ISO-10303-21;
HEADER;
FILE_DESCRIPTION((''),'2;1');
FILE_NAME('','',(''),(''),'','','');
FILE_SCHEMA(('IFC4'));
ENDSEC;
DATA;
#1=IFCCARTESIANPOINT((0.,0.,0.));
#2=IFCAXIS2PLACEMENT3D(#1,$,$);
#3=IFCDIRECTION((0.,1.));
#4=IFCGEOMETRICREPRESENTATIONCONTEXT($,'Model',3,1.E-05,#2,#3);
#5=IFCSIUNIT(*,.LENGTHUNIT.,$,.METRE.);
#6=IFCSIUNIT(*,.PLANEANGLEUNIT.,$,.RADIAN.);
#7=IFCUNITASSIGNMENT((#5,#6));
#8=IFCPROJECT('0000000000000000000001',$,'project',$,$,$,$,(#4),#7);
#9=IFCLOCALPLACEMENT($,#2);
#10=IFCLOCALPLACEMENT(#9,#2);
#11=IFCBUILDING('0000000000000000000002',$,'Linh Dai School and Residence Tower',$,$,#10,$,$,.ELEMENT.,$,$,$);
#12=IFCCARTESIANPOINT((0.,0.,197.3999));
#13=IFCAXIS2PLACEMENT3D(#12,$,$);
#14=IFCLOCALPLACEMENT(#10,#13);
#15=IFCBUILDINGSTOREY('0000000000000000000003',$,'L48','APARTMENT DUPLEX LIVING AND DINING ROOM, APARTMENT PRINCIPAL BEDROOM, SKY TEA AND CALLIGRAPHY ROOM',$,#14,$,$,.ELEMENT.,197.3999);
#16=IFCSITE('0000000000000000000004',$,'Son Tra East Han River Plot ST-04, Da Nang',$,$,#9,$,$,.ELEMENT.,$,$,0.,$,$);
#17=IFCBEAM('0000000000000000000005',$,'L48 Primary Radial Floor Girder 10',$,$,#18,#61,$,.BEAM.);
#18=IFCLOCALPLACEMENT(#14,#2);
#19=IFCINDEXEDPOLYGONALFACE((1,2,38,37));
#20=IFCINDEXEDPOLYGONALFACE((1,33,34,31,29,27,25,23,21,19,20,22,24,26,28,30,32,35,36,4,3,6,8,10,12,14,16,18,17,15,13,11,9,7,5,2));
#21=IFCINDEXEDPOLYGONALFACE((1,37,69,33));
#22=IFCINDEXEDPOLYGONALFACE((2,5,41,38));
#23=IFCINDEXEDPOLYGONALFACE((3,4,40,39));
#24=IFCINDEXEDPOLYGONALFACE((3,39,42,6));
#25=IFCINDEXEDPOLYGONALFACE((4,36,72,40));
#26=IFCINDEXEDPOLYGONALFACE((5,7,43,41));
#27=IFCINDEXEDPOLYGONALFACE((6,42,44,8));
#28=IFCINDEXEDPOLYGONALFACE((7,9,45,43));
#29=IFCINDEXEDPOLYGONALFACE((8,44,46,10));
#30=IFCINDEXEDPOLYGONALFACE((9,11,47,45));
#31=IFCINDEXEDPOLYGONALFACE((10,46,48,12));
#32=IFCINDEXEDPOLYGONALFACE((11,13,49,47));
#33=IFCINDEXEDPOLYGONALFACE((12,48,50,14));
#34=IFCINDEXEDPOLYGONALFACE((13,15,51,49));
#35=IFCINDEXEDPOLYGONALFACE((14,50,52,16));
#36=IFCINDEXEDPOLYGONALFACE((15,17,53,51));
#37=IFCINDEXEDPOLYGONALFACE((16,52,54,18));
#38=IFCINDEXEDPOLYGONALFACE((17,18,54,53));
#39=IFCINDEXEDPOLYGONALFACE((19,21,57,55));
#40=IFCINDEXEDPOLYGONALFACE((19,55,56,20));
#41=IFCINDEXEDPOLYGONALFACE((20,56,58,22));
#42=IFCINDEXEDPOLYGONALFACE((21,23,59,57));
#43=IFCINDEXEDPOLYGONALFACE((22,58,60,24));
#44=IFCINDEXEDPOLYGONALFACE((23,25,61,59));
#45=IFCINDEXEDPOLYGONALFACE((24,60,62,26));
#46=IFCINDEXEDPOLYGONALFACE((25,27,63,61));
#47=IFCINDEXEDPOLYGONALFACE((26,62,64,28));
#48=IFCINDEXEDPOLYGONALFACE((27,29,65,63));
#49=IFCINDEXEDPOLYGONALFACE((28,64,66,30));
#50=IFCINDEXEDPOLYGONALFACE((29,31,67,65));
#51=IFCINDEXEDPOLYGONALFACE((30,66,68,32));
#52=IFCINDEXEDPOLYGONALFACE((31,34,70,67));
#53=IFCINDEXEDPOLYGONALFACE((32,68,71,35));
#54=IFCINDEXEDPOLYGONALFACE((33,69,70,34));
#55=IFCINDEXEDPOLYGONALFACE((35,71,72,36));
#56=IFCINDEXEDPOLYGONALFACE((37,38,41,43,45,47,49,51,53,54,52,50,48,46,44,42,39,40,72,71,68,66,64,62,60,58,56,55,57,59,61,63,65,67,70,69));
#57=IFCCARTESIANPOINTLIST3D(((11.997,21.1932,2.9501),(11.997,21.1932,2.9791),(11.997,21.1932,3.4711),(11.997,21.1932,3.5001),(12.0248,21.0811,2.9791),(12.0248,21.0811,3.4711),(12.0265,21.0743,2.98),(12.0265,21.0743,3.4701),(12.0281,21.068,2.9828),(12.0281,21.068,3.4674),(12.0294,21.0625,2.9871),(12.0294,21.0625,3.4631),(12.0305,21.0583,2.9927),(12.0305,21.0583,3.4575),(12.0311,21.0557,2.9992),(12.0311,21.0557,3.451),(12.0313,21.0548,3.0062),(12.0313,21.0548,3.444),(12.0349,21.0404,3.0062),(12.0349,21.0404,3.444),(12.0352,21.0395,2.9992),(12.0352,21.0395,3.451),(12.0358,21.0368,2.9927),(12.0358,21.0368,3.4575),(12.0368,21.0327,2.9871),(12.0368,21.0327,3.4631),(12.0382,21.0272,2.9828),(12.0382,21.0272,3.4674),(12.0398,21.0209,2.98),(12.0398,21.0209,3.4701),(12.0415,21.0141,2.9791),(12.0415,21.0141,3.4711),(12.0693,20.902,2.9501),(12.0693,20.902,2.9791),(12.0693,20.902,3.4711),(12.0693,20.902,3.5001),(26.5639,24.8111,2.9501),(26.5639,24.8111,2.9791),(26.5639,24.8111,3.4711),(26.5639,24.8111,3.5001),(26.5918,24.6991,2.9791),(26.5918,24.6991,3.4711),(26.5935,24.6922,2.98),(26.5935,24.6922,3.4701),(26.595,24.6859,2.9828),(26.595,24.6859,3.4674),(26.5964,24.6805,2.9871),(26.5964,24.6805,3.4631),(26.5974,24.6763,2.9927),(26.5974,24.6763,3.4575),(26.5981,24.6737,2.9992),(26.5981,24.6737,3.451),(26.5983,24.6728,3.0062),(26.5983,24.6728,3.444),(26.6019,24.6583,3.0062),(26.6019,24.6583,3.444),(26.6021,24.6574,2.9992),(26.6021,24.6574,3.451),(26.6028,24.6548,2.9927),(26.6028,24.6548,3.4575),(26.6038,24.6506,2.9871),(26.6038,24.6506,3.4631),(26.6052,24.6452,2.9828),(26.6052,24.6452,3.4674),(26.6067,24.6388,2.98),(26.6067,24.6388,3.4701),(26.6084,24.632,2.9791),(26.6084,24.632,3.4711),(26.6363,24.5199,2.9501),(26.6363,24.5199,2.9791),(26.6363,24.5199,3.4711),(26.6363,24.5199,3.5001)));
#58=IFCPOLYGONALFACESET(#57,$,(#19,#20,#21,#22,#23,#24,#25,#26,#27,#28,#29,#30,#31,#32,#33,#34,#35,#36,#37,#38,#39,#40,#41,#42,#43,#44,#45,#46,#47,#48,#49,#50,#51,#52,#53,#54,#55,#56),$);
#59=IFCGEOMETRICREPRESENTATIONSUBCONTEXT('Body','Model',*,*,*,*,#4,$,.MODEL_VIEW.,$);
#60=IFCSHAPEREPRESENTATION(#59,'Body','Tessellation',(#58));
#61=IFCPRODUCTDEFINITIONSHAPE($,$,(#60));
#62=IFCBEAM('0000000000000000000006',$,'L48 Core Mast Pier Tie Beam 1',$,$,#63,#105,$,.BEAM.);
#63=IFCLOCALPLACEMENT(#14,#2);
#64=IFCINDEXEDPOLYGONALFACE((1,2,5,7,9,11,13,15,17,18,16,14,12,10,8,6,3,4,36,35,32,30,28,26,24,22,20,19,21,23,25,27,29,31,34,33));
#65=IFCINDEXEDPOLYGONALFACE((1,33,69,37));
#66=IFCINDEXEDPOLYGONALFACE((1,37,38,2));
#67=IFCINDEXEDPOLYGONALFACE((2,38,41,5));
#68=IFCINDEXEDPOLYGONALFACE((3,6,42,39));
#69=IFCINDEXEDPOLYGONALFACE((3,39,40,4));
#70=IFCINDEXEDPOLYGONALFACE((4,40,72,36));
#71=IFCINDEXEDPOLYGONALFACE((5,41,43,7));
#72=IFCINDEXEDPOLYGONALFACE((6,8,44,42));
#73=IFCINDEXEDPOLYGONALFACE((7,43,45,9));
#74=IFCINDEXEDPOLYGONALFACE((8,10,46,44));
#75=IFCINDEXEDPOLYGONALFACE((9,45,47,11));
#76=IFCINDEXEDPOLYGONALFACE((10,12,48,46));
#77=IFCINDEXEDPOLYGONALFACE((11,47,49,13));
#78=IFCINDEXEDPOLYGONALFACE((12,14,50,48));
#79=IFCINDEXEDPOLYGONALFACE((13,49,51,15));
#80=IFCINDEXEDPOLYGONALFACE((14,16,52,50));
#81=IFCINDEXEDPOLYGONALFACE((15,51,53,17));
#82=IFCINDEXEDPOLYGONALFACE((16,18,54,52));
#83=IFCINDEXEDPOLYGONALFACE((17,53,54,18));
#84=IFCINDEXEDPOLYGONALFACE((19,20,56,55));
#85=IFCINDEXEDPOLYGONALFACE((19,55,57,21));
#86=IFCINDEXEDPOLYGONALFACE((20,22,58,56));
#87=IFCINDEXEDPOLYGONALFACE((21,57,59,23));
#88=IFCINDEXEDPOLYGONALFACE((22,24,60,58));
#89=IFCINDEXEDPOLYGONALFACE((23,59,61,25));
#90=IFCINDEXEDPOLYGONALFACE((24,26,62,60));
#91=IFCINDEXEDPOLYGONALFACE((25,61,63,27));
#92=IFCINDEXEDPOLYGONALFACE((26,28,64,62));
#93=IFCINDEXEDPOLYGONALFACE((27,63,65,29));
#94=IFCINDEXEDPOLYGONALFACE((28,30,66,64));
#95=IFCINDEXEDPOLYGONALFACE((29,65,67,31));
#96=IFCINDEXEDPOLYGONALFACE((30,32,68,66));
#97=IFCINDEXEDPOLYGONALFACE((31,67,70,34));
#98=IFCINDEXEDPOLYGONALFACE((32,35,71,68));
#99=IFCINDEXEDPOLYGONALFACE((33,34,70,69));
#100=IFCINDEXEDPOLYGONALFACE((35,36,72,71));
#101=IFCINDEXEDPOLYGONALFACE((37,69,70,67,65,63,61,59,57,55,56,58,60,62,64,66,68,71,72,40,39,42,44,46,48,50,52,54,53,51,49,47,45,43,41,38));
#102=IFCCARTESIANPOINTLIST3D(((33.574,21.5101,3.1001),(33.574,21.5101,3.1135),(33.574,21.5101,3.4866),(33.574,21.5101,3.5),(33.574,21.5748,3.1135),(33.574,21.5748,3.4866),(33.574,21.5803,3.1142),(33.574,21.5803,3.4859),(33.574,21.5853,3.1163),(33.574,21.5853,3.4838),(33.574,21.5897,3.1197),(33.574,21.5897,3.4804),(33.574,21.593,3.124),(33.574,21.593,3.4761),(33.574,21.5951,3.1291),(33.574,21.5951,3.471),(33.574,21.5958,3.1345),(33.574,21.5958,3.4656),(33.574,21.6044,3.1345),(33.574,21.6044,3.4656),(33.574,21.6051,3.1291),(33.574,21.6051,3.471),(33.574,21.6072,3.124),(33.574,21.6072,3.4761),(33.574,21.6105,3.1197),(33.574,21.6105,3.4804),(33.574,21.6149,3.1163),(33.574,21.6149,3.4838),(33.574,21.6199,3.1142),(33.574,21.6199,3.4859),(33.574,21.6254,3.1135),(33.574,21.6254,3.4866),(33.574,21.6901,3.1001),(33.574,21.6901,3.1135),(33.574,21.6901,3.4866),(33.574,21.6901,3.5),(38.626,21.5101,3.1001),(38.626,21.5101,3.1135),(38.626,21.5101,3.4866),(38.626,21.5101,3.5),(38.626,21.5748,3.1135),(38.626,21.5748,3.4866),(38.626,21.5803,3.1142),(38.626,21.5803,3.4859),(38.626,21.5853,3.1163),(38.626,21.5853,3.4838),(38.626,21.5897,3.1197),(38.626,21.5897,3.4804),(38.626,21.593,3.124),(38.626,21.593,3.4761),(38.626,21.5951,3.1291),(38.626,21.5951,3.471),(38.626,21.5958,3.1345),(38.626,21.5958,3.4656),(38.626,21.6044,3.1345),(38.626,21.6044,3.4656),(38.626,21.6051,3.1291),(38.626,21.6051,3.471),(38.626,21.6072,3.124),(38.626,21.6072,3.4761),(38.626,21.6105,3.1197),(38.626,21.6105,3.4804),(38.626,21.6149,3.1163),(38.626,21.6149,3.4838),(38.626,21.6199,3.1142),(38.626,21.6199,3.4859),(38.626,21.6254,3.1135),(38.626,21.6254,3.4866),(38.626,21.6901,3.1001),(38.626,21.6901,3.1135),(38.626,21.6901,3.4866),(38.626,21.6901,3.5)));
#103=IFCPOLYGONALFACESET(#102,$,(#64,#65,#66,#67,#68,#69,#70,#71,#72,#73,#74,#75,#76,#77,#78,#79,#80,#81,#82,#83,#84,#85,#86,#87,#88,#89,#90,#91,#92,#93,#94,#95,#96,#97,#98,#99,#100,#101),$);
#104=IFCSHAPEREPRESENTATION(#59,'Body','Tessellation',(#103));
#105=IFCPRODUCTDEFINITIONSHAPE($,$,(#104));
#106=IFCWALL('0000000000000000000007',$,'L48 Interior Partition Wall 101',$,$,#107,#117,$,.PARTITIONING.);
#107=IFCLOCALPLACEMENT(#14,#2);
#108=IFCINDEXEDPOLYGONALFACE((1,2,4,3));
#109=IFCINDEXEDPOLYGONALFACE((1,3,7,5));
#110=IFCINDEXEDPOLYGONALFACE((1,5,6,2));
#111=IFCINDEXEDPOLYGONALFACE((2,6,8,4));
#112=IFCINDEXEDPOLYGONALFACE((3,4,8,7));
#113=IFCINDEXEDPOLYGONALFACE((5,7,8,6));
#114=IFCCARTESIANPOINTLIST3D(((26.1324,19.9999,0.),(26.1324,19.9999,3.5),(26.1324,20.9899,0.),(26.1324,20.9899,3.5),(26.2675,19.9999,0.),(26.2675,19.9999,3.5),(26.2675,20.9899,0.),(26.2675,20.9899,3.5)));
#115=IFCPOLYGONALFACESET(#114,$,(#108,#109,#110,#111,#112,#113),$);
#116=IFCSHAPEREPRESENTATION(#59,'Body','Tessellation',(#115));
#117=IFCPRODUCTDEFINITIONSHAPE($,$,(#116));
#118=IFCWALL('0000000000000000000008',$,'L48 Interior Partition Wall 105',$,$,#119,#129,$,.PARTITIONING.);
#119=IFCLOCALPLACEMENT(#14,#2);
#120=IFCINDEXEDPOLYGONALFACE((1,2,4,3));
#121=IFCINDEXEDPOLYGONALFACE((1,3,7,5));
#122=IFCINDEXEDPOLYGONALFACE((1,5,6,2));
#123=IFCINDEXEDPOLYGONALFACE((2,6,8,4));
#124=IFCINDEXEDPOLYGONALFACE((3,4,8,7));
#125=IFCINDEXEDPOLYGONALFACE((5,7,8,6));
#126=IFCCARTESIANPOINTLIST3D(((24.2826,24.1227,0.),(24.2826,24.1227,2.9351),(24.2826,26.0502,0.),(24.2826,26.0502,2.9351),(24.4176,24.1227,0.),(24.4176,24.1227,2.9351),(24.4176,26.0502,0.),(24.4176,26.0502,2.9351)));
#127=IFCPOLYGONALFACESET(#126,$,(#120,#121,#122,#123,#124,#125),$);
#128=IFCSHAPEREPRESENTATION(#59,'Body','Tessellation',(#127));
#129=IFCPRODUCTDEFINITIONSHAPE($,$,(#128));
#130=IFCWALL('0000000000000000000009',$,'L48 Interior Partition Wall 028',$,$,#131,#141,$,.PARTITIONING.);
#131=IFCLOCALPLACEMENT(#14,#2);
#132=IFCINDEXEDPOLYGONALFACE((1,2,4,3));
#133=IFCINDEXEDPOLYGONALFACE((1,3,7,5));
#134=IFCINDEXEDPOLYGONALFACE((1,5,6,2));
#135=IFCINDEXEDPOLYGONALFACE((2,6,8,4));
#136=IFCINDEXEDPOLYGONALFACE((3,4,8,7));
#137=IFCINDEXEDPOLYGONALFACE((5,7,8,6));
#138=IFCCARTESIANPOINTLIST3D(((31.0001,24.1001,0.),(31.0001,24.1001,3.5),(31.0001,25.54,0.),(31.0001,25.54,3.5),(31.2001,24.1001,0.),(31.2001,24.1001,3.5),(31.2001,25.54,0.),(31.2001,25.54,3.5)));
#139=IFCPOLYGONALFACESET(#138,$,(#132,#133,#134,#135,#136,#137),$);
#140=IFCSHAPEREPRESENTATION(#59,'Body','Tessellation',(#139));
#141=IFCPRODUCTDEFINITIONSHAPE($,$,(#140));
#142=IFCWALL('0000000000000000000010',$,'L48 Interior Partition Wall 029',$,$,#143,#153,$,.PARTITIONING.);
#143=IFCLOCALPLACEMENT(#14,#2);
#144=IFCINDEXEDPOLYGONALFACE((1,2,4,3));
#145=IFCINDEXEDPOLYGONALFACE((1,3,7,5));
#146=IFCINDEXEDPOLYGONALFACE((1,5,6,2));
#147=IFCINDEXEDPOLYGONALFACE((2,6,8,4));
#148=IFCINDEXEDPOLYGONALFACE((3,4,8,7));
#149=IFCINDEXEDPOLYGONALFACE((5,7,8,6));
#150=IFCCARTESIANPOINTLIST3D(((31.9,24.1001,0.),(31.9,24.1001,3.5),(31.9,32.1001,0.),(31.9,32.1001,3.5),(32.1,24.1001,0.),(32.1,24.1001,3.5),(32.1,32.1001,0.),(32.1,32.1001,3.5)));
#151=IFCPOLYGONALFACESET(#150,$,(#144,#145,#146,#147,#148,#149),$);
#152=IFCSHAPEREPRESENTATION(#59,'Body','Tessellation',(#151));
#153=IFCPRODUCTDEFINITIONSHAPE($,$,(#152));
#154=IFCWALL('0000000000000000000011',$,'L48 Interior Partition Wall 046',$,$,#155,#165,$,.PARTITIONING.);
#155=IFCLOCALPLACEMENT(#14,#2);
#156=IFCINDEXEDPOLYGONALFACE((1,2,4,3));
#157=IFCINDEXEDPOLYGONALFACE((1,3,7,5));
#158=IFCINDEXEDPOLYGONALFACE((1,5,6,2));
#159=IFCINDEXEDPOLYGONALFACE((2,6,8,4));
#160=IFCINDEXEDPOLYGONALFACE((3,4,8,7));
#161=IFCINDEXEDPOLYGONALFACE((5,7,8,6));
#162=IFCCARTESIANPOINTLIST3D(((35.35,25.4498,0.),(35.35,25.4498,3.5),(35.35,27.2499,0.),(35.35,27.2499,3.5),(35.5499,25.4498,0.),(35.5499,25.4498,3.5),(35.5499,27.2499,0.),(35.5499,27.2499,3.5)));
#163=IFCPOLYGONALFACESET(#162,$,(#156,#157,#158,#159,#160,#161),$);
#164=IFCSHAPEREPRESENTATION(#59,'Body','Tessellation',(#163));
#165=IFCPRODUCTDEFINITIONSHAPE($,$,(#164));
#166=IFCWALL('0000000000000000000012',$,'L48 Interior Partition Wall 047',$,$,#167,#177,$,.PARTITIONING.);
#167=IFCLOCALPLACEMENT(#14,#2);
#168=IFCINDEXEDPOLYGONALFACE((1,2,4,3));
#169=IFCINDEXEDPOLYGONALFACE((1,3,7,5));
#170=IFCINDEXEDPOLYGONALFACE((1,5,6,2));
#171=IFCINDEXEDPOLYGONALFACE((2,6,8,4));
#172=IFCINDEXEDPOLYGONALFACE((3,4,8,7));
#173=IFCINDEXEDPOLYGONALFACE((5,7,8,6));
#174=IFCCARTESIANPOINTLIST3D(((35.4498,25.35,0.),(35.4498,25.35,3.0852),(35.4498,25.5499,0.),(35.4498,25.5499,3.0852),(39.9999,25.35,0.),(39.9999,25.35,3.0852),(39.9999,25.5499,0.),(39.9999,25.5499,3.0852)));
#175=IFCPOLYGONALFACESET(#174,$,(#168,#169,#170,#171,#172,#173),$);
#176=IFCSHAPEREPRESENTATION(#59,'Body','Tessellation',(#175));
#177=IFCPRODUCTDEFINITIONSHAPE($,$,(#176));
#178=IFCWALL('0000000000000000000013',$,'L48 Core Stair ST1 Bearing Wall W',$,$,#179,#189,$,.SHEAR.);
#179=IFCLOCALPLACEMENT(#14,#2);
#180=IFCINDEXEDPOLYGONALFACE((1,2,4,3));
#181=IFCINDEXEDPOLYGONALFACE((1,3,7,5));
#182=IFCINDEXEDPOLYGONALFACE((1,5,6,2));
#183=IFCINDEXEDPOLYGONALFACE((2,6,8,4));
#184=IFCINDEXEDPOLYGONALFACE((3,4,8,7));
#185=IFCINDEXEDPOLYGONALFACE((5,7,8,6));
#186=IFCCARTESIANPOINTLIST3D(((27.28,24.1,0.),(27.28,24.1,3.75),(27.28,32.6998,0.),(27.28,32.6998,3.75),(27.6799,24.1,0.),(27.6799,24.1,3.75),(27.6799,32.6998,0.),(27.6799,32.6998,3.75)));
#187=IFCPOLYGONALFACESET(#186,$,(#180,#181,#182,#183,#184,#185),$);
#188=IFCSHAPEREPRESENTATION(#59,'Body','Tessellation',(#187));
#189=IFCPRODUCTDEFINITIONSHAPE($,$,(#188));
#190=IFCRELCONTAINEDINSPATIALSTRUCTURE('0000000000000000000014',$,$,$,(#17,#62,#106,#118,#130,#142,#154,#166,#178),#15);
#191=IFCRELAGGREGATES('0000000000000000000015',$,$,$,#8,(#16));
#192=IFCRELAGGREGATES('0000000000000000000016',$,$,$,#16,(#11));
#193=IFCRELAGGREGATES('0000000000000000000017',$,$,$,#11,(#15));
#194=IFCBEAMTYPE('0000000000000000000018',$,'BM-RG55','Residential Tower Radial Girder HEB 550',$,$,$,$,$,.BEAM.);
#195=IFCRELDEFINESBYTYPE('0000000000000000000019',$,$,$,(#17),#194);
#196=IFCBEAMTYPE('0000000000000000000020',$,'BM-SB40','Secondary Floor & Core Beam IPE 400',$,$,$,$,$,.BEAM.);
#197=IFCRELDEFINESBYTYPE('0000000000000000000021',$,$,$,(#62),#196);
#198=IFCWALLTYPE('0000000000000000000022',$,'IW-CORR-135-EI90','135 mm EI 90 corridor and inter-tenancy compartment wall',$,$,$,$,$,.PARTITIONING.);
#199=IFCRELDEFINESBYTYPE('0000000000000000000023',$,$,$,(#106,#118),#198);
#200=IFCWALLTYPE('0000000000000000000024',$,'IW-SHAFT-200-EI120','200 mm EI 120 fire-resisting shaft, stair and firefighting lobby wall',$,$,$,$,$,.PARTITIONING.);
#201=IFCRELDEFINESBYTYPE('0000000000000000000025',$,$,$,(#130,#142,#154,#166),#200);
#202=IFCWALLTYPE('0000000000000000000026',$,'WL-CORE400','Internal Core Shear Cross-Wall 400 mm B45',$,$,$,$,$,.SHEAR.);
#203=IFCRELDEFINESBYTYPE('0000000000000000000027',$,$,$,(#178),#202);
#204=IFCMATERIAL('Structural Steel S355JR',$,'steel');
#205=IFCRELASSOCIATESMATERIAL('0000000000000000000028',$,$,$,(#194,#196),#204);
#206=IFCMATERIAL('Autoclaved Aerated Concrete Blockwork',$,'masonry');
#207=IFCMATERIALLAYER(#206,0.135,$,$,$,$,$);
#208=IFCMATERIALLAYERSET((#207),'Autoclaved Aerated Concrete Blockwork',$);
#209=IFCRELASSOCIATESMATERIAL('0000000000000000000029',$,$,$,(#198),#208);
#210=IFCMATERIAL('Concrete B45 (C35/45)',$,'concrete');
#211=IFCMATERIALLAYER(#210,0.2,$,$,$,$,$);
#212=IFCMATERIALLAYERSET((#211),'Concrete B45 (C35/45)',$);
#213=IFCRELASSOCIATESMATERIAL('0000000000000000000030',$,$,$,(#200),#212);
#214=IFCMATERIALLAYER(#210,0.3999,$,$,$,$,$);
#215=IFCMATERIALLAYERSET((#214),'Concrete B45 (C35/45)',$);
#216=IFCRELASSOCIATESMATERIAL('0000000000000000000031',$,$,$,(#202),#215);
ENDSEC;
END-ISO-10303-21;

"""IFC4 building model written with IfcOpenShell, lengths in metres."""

from ifc_helpers import new_model, si_unit, direction, frame, frame_2d, origin, origin_2d, place, context, subcontext, project, spatial, rectangle, i_section, extrude, material, layer, layer_set, material_profile, profile_set, type_object, element, save


model = new_model("IFC4")

# Units and contexts
model_context = context("Model", 3, precision=1e-05, world=origin(), true_north=direction((0.0, 1.0)))
body_context = subcontext(model_context, "Body", "Model", "MODEL_VIEW")
ifc_project = project(units=[si_unit("LENGTHUNIT", "METRE"), si_unit("PLANEANGLEUNIT", "RADIAN")], contexts=[model_context])

# Site, building, storey
site_placement = place(None, origin())
site = spatial("IfcSite", under=ifc_project, at=site_placement, Name="Son Tra East Han River Plot ST-04, Da Nang", CompositionType="ELEMENT", RefElevation=0.0)
building_placement = place(site_placement, origin())
building = spatial("IfcBuilding", under=site, at=building_placement, Name="Linh Dai School and Residence Tower", CompositionType="ELEMENT")
storey_placement = place(building_placement, frame((0.0, 0.0, 197.3999)))
storey = spatial("IfcBuildingStorey", under=building, at=storey_placement, Name="L48", Description="APARTMENT DUPLEX LIVING AND DINING ROOM, APARTMENT PRINCIPAL BEDROOM, SKY TEA AND CALLIGRAPHY ROOM", CompositionType="ELEMENT", Elevation=197.3999)

# Shared definitions
ifc_material_1 = material(Name="Structural Steel S355JR", Category="steel")

# Beams
ifc_material_profile_1 = material_profile(ifc_material_1, i_section(OverallWidth=0.3, OverallDepth=0.55, WebThickness=0.0149, FlangeThickness=0.0291, FilletRadius=0.0271, at=origin_2d()), Name="HEB 550")
ifc_profile_set_1 = profile_set([ifc_material_profile_1], Name="Structural Steel S355JR")
beam_type_1 = type_object("IfcBeamType", Name="BM-RG55", Description="Residential Tower Radial Girder HEB 550", PredefinedType="BEAM", material=ifc_profile_set_1)
beam_1_placement = place(storey_placement, frame((26.6001, 24.6655, 3.2251), z_axis=(-0.970515, -0.241043, 0.0), x_axis=(0.241043, -0.970515, 0.0)))
element("IfcBeam", 1, at=beam_1_placement, inside=storey, type_object=beam_type_1, Name="L48 Primary Radial Floor Girder 10", PredefinedType="BEAM", context=body_context, shape_type="SweptSolid", body=[
    extrude(i_section(OverallWidth=0.3, OverallDepth=0.55, WebThickness=0.0149, FlangeThickness=0.0291, FilletRadius=0.0271, at=origin_2d()), origin(), (0.0, 0.0, 1.0), 15.0095),
])
ifc_material_profile_2 = material_profile(ifc_material_1, i_section(OverallWidth=0.1799, OverallDepth=0.3999, WebThickness=0.0085, FlangeThickness=0.0134, FilletRadius=0.021, at=origin_2d()), Name="IPE 400")
ifc_profile_set_2 = profile_set([ifc_material_profile_2], Name="Structural Steel S355JR")
beam_type_2 = type_object("IfcBeamType", Name="BM-SB40", Description="Secondary Floor & Core Beam IPE 400", PredefinedType="BEAM", material=ifc_profile_set_2)
beam_2_placement = place(storey_placement, frame((33.574, 21.6001, 3.3), z_axis=(1.0, 0.0, 0.0), x_axis=(0.0, 1.0, 0.0)))
element("IfcBeam", 2, at=beam_2_placement, inside=storey, type_object=beam_type_2, Name="L48 Core Mast Pier Tie Beam 1", PredefinedType="BEAM", context=body_context, shape_type="SweptSolid", body=[
    extrude(i_section(OverallWidth=0.1799, OverallDepth=0.3999, WebThickness=0.0085, FlangeThickness=0.0134, FilletRadius=0.021, at=origin_2d()), origin(), (0.0, 0.0, 1.0), 5.052),
])

# Shared definitions
ifc_material_2 = material(Name="Autoclaved Aerated Concrete Blockwork", Category="masonry")
ifc_layer_1 = layer(ifc_material_2, 0.135)
ifc_layer_set_1 = layer_set([ifc_layer_1], Name="Autoclaved Aerated Concrete Blockwork")
wall_type_1 = type_object("IfcWallType", Name="IW-CORR-135-EI90", Description="135 mm EI 90 corridor and inter-tenancy compartment wall", PredefinedType="PARTITIONING", material=ifc_layer_set_1)

# Walls
wall_1_placement = place(storey_placement, frame((26.2, 20.99, 0.0), z_axis=(0.0, 0.0, 1.0), x_axis=(0.0, -1.0, 0.0)))
element("IfcWall", 3, at=wall_1_placement, inside=storey, type_object=wall_type_1, Name="L48 Interior Partition Wall 101", PredefinedType="PARTITIONING", context=body_context, shape_type="SweptSolid", body=[
    extrude(rectangle(XDim=0.99, YDim=0.135, at=frame_2d((0.4951, 0.0))), origin(), (0.0, 0.0, 1.0), 3.5),
])
wall_2_placement = place(storey_placement, frame((24.3501, 24.1226, 0.0), z_axis=(0.0, 0.0, 1.0), x_axis=(0.0, 1.0, 0.0)))
element("IfcWall", 4, at=wall_2_placement, inside=storey, type_object=wall_type_1, Name="L48 Interior Partition Wall 105", PredefinedType="PARTITIONING", context=body_context, shape_type="SweptSolid", body=[
    extrude(rectangle(XDim=1.9275, YDim=0.135, at=frame_2d((0.9639, 0.0))), origin(), (0.0, 0.0, 1.0), 2.9351),
])

# Shared definitions
ifc_material_3 = material(Name="Concrete B45 (C35/45)", Category="concrete")
ifc_layer_2 = layer(ifc_material_3, 0.2)
ifc_layer_set_2 = layer_set([ifc_layer_2], Name="Concrete B45 (C35/45)")
wall_type_2 = type_object("IfcWallType", Name="IW-SHAFT-200-EI120", Description="200 mm EI 120 fire-resisting shaft, stair and firefighting lobby wall", PredefinedType="PARTITIONING", material=ifc_layer_set_2)

# Walls
wall_3_placement = place(storey_placement, frame((31.1001, 24.1001, 0.0), z_axis=(0.0, 0.0, 1.0), x_axis=(0.0, 1.0, 0.0)))
element("IfcWall", 5, at=wall_3_placement, inside=storey, type_object=wall_type_2, Name="L48 Interior Partition Wall 028", PredefinedType="PARTITIONING", context=body_context, shape_type="SweptSolid", body=[
    extrude(rectangle(XDim=1.4399, YDim=0.2, at=frame_2d((0.72, 0.0))), origin(), (0.0, 0.0, 1.0), 3.5),
])
wall_4_placement = place(storey_placement, frame((32.0, 24.1001, 0.0), z_axis=(0.0, 0.0, 1.0), x_axis=(0.0, 1.0, 0.0)))
element("IfcWall", 6, at=wall_4_placement, inside=storey, type_object=wall_type_2, Name="L48 Interior Partition Wall 029", PredefinedType="PARTITIONING", context=body_context, shape_type="SweptSolid", body=[
    extrude(rectangle(XDim=8.0, YDim=0.2, at=frame_2d((4.0, 0.0))), origin(), (0.0, 0.0, 1.0), 3.5),
])

# Walls
wall_5_placement = place(storey_placement, frame((35.45, 25.45, 0.0), z_axis=(0.0, 0.0, 1.0), x_axis=(0.0, 1.0, 0.0)))
element("IfcWall", 7, at=wall_5_placement, inside=storey, type_object=wall_type_2, Name="L48 Interior Partition Wall 046", PredefinedType="PARTITIONING", context=body_context, shape_type="SweptSolid", body=[
    extrude(rectangle(XDim=1.8, YDim=0.2, at=frame_2d((0.8999, 0.0))), origin(), (0.0, 0.0, 1.0), 3.5),
])
wall_6_placement = place(storey_placement, frame((35.45, 25.45, 0.0), z_axis=(0.0, 0.0, 1.0), x_axis=(1.0, 0.0, 0.0)))
element("IfcWall", 8, at=wall_6_placement, inside=storey, type_object=wall_type_2, Name="L48 Interior Partition Wall 047", PredefinedType="PARTITIONING", context=body_context, shape_type="SweptSolid", body=[
    extrude(rectangle(XDim=4.55, YDim=0.2, at=frame_2d((2.2749, 0.0))), origin(), (0.0, 0.0, 1.0), 3.0852),
])
ifc_layer_3 = layer(ifc_material_3, 0.3999)
ifc_layer_set_3 = layer_set([ifc_layer_3], Name="Concrete B45 (C35/45)")
wall_type_3 = type_object("IfcWallType", Name="WL-CORE400", Description="Internal Core Shear Cross-Wall 400 mm B45", PredefinedType="SHEAR", material=ifc_layer_set_3)
wall_7_placement = place(storey_placement, frame((27.48, 24.1001, 0.0), z_axis=(0.0, 0.0, 1.0), x_axis=(0.0, 1.0, 0.0)))
element("IfcWall", 9, at=wall_7_placement, inside=storey, type_object=wall_type_3, Name="L48 Core Stair ST1 Bearing Wall W", PredefinedType="SHEAR", context=body_context, shape_type="SweptSolid", body=[
    extrude(rectangle(XDim=8.5999, YDim=0.3999, at=frame_2d((4.2998, 0.0))), origin(), (0.0, 0.0, 1.0), 3.75),
])

save(model, "model.ifc")
